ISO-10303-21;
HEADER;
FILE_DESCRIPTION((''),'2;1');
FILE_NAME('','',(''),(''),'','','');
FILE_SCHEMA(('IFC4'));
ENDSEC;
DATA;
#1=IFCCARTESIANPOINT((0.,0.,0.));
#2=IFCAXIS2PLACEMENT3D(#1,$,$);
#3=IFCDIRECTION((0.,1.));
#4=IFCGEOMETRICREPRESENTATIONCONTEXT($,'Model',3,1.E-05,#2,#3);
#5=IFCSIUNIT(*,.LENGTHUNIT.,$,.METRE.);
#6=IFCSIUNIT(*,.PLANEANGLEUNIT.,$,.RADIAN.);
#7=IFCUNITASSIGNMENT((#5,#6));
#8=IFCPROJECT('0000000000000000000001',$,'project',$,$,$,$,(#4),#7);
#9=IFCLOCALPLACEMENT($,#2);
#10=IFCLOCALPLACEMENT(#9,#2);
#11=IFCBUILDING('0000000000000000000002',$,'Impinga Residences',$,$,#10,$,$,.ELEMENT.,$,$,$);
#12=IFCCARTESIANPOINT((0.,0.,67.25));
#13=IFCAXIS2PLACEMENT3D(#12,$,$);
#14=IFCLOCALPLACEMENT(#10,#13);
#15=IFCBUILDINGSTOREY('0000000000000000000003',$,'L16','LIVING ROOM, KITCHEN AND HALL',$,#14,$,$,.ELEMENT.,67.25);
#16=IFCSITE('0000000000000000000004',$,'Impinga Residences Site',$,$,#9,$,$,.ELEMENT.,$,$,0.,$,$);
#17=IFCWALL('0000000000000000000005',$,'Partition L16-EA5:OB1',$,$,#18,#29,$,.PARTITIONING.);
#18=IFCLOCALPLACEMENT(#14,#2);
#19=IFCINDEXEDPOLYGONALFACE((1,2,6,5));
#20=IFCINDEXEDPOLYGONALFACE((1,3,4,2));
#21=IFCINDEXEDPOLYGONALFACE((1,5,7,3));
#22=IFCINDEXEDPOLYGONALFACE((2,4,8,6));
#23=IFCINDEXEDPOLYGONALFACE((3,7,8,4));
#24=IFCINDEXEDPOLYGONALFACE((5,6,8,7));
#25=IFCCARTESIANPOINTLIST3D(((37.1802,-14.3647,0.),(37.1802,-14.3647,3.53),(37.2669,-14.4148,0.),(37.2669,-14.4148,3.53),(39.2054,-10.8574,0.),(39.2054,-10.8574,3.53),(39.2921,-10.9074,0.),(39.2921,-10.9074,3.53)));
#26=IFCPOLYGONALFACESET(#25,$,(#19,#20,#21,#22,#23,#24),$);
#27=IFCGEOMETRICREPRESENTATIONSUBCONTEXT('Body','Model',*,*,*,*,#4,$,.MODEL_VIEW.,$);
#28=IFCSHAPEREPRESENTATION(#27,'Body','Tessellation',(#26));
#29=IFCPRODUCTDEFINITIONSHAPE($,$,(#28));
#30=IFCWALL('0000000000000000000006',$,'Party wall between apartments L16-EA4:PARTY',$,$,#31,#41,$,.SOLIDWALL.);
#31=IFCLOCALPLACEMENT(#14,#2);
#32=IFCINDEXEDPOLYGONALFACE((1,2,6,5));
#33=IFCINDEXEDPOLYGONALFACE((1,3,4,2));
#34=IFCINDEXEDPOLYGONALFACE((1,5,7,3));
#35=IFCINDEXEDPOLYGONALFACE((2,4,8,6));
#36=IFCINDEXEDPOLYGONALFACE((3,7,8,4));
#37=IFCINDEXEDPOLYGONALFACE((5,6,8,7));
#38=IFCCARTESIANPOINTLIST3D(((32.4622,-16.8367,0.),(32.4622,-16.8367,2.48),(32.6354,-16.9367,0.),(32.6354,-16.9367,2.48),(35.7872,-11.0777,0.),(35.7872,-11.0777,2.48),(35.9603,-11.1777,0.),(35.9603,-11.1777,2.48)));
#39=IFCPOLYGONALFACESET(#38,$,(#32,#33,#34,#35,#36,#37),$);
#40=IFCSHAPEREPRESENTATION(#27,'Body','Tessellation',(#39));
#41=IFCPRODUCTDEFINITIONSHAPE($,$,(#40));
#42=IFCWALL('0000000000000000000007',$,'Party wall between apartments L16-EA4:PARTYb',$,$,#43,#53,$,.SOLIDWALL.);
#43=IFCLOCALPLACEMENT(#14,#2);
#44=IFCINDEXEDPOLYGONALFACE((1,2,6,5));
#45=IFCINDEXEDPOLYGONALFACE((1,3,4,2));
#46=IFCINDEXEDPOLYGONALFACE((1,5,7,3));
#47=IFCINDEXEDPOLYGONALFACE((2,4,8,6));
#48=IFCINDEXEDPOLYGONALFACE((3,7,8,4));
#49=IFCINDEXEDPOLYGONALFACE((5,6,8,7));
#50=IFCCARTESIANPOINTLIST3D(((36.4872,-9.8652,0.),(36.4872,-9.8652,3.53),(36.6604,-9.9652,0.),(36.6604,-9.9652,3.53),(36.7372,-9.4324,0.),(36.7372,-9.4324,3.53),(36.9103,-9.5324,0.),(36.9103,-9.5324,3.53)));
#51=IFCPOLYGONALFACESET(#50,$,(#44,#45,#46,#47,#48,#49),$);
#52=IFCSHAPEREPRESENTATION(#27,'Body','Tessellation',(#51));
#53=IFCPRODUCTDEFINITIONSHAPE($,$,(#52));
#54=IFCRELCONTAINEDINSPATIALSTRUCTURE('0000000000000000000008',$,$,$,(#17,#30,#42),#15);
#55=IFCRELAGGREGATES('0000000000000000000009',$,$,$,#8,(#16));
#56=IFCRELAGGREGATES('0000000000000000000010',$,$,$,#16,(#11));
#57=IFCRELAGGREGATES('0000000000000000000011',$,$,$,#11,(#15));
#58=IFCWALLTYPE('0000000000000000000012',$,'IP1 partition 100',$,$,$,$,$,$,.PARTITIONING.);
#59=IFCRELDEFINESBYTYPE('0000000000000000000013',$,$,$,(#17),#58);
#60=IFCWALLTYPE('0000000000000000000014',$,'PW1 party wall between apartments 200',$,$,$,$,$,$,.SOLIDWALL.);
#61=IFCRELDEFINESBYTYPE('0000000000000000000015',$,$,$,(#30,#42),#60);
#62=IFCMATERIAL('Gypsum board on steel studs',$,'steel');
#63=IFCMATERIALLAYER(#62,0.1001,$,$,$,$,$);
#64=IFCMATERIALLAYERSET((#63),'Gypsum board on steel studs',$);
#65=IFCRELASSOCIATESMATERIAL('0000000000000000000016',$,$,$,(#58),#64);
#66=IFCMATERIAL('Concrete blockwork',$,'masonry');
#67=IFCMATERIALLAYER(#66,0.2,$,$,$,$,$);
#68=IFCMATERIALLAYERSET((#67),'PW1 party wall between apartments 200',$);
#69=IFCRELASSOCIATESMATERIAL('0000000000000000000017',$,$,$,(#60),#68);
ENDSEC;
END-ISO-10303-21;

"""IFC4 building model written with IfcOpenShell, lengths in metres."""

from ifc_helpers import new_model, si_unit, direction, frame, frame_2d, origin, place, context, subcontext, project, spatial, rectangle, extrude, material, layer, layer_set, type_object, element, save


model = new_model("IFC4")

# Units and contexts
model_context = context("Model", 3, precision=1e-05, world=origin(), true_north=direction((0.0, 1.0)))
body_context = subcontext(model_context, "Body", "Model", "MODEL_VIEW")
ifc_project = project(units=[si_unit("LENGTHUNIT", "METRE"), si_unit("PLANEANGLEUNIT", "RADIAN")], contexts=[model_context])

# Site, building, storey
site_placement = place(None, origin())
site = spatial("IfcSite", under=ifc_project, at=site_placement, Name="Impinga Residences Site", CompositionType="ELEMENT", RefElevation=0.0)
building_placement = place(site_placement, origin())
building = spatial("IfcBuilding", under=site, at=building_placement, Name="Impinga Residences", CompositionType="ELEMENT")
storey_placement = place(building_placement, frame((0.0, 0.0, 67.25)))
storey = spatial("IfcBuildingStorey", under=building, at=storey_placement, Name="L16", Description="LIVING ROOM, KITCHEN AND HALL", CompositionType="ELEMENT", Elevation=67.25)

# Shared definitions
ifc_material_1 = material(Name="Gypsum board on steel studs", Category="steel")
ifc_layer_1 = layer(ifc_material_1, 0.1001)
ifc_layer_set_1 = layer_set([ifc_layer_1], Name="Gypsum board on steel studs")
wall_type_1 = type_object("IfcWallType", Name="IP1 partition 100", PredefinedType="PARTITIONING", material=ifc_layer_set_1)

# Walls
wall_1_placement = place(storey_placement, frame((37.2236, -14.3896, 0.0), z_axis=(0.0, 0.0, 1.0), x_axis=(0.500036, 0.866005, 0.0)))
element("IfcWall", 1, at=wall_1_placement, inside=storey, type_object=wall_type_1, Name="Partition L16-EA5:OB1", PredefinedType="PARTITIONING", context=body_context, shape_type="SweptSolid", body=[
    extrude(rectangle(XDim=4.05, YDim=0.1001, at=frame_2d((2.0249, 0.0))), origin(), (0.0, 0.0, 1.0), 3.53),
])
ifc_material_2 = material(Name="Concrete blockwork", Category="masonry")
ifc_layer_2 = layer(ifc_material_2, 0.2)
ifc_layer_set_2 = layer_set([ifc_layer_2], Name="PW1 party wall between apartments 200")
wall_type_2 = type_object("IfcWallType", Name="PW1 party wall between apartments 200", PredefinedType="SOLIDWALL", material=ifc_layer_set_2)
wall_2_placement = place(storey_placement, frame((32.5488, -16.8867, 0.0), z_axis=(0.0, 0.0, 1.0), x_axis=(0.499997, 0.866027, 0.0)))
element("IfcWall", 2, at=wall_2_placement, inside=storey, type_object=wall_type_2, Name="Party wall between apartments L16-EA4:PARTY", PredefinedType="SOLIDWALL", context=body_context, shape_type="SweptSolid", body=[
    extrude(rectangle(XDim=6.6499, YDim=0.2, at=frame_2d((3.325, 0.0))), origin(), (0.0, 0.0, 1.0), 2.48),
])
wall_3_placement = place(storey_placement, frame((36.5737, -9.9153, 0.0), z_axis=(0.0, 0.0, 1.0), x_axis=(0.500131, 0.86595, 0.0)))
element("IfcWall", 3, at=wall_3_placement, inside=storey, type_object=wall_type_2, Name="Party wall between apartments L16-EA4:PARTYb", PredefinedType="SOLIDWALL", context=body_context, shape_type="SweptSolid", body=[
    extrude(rectangle(XDim=0.4998, YDim=0.2, at=frame_2d((0.25, 0.0))), origin(), (0.0, 0.0, 1.0), 3.53),
])

save(model, "model.ifc")
